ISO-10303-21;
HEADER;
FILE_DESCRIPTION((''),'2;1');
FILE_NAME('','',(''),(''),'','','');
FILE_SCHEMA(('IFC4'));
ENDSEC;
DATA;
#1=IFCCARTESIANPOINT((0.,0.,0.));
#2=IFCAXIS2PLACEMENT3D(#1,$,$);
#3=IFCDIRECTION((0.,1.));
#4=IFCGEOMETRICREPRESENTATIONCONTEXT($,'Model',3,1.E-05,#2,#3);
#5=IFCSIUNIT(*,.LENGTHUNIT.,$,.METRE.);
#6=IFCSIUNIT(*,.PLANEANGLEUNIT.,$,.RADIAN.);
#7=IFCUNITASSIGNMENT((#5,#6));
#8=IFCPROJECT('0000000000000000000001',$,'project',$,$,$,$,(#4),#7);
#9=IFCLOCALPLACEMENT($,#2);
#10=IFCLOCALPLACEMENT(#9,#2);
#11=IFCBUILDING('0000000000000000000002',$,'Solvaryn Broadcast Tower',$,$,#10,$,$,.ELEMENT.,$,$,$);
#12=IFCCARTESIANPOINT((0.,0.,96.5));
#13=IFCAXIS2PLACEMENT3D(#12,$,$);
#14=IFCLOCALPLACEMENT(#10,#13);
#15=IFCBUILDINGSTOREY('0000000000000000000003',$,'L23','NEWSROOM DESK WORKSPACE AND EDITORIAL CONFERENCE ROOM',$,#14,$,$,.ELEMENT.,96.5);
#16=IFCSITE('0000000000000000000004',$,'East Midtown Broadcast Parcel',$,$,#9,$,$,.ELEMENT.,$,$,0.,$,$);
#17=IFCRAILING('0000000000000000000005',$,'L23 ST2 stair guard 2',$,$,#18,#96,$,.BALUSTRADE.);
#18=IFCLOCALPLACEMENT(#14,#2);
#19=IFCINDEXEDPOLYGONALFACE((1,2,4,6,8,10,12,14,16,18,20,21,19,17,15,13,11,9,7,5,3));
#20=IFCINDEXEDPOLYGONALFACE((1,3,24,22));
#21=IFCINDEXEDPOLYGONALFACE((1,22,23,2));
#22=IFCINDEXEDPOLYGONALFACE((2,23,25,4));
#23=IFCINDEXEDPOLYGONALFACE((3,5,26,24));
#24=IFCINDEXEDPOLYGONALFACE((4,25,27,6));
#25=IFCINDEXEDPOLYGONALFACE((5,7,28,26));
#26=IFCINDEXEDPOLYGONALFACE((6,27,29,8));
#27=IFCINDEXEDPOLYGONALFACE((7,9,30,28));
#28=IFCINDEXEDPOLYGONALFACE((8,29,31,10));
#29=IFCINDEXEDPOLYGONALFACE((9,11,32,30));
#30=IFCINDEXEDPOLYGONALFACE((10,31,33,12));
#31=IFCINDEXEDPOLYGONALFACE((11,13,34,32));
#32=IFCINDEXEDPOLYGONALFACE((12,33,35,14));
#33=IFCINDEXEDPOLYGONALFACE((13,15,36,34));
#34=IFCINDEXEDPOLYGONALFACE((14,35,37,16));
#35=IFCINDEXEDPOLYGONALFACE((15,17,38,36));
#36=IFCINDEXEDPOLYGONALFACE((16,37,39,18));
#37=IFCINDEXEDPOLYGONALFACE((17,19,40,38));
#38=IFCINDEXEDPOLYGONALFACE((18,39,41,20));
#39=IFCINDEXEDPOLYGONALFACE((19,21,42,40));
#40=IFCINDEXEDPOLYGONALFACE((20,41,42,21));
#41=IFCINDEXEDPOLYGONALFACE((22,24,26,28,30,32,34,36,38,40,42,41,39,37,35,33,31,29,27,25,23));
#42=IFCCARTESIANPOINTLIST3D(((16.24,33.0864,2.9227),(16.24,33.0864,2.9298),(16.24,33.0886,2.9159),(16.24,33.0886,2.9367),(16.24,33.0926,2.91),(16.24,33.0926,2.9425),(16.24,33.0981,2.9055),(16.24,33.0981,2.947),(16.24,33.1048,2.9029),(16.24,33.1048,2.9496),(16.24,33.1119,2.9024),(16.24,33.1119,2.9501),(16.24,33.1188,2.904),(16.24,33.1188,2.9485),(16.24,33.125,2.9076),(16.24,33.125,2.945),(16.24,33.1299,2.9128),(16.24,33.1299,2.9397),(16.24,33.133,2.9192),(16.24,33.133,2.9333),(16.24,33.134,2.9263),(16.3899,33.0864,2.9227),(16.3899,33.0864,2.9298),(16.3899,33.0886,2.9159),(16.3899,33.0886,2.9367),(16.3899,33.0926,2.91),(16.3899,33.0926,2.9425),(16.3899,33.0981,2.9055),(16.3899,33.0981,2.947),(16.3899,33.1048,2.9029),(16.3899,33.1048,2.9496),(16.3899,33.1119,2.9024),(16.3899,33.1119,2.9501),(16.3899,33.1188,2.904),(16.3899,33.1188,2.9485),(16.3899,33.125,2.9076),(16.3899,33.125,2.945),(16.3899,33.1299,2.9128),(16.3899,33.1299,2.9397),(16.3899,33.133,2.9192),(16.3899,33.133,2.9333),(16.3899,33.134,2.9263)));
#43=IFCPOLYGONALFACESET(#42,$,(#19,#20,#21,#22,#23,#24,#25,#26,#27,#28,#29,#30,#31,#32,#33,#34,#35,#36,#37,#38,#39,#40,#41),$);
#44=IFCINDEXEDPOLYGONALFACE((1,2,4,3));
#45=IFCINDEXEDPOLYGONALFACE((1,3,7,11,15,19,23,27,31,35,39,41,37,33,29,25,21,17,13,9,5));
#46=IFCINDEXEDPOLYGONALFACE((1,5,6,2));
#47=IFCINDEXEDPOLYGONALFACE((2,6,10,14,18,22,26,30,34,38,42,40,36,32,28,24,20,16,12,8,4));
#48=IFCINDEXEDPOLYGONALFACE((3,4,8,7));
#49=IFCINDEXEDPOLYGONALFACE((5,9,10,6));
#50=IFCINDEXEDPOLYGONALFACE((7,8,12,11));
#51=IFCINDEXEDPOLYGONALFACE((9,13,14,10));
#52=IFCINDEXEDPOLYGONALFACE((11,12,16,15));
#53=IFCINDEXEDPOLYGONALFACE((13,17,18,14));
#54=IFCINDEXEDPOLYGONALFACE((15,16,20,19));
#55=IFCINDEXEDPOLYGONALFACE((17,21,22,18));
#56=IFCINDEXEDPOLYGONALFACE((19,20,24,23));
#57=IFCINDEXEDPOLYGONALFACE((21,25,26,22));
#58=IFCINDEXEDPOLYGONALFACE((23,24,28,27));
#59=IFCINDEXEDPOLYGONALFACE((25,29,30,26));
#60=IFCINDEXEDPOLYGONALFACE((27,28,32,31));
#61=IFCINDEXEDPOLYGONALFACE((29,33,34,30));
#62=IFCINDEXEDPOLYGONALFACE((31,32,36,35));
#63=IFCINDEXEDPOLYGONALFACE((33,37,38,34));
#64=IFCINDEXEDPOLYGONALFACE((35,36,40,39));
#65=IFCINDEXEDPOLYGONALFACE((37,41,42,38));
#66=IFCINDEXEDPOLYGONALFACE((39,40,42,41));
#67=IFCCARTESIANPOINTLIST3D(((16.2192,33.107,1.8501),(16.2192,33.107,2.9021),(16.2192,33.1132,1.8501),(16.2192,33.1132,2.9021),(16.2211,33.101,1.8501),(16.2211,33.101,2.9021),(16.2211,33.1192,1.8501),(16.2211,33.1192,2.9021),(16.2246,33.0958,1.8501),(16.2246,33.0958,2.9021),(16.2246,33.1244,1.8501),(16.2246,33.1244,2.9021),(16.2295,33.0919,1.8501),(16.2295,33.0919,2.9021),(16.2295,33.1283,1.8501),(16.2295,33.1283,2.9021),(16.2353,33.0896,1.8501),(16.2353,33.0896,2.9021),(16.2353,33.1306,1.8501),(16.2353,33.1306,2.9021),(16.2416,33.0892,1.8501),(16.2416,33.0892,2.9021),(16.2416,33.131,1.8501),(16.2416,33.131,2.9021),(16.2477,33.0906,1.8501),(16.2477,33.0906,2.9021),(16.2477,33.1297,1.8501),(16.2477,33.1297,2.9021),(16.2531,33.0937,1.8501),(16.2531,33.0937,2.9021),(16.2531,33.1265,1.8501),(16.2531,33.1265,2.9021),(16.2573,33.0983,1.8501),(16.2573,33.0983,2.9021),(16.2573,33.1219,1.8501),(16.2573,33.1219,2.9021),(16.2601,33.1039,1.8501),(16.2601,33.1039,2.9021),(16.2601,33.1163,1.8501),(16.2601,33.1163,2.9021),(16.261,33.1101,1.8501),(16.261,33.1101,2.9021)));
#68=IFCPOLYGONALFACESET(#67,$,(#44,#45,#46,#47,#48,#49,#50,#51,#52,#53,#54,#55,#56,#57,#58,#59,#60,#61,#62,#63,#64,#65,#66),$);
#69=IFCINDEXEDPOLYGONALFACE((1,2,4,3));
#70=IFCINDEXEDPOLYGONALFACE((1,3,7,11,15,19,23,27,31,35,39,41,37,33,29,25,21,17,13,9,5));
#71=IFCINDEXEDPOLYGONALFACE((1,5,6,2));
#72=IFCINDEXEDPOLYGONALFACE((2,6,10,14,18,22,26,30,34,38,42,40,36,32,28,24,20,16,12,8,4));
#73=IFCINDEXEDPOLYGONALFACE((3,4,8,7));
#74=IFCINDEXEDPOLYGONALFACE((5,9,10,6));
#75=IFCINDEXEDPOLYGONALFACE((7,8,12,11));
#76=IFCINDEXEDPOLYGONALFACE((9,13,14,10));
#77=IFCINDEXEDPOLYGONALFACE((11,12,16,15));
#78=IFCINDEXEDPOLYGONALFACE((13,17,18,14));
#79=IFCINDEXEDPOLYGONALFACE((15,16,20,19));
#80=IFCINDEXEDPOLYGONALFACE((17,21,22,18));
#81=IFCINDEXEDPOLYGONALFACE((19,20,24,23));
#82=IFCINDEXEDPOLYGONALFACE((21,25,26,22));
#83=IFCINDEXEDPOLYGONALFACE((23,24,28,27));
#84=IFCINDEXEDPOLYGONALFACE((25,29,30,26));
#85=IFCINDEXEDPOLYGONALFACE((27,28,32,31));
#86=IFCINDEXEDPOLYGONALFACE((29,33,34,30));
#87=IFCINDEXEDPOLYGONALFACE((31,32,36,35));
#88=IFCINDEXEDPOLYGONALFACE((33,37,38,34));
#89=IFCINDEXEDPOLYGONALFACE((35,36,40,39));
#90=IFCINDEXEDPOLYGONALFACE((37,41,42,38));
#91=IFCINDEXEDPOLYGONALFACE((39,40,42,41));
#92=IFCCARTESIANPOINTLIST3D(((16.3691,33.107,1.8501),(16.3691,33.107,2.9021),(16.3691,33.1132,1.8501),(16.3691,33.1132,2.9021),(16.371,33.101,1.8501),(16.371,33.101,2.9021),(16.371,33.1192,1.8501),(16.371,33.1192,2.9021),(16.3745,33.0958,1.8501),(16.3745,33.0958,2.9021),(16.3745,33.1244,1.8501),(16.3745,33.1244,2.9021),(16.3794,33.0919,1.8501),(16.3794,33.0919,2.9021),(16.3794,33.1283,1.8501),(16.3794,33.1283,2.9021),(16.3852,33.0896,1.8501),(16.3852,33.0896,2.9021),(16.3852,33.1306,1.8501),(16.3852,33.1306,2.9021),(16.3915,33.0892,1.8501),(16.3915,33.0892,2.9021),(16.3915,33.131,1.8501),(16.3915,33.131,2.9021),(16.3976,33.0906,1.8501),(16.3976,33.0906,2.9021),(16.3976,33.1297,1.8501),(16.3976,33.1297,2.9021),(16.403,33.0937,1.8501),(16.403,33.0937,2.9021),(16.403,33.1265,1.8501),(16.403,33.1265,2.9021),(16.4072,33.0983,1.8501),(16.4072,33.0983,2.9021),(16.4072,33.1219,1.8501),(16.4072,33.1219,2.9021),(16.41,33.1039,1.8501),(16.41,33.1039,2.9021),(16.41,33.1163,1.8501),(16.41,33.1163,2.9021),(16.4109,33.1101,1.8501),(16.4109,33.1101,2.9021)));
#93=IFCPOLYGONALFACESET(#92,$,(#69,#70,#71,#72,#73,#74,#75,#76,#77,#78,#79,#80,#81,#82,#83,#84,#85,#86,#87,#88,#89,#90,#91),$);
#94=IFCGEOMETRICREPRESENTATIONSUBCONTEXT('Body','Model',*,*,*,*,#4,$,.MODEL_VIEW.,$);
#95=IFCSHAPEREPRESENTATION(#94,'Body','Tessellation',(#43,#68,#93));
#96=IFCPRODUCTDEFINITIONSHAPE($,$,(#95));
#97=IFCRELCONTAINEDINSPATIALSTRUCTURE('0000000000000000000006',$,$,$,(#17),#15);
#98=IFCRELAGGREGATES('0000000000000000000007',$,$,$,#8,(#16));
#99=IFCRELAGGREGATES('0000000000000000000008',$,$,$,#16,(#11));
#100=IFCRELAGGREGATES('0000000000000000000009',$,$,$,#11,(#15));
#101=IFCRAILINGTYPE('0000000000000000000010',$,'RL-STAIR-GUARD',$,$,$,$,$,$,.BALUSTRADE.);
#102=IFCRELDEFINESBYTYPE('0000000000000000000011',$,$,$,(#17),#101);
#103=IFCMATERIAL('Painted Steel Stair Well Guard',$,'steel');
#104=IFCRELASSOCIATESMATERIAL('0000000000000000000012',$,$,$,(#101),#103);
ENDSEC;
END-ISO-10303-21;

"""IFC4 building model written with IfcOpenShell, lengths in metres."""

from ifc_helpers import new_model, si_unit, direction, frame, origin, origin_2d, place, context, subcontext, project, spatial, circle, extrude, material, type_object, element, save


model = new_model("IFC4")

# Units and contexts
model_context = context("Model", 3, precision=1e-05, world=origin(), true_north=direction((0.0, 1.0)))
body_context = subcontext(model_context, "Body", "Model", "MODEL_VIEW")
ifc_project = project(units=[si_unit("LENGTHUNIT", "METRE"), si_unit("PLANEANGLEUNIT", "RADIAN")], contexts=[model_context])

# Site, building, storey
site_placement = place(None, origin())
site = spatial("IfcSite", under=ifc_project, at=site_placement, Name="East Midtown Broadcast Parcel", CompositionType="ELEMENT", RefElevation=0.0)
building_placement = place(site_placement, origin())
building = spatial("IfcBuilding", under=site, at=building_placement, Name="Solvaryn Broadcast Tower", CompositionType="ELEMENT")
storey_placement = place(building_placement, frame((0.0, 0.0, 96.5)))
storey = spatial("IfcBuildingStorey", under=building, at=storey_placement, Name="L23", Description="NEWSROOM DESK WORKSPACE AND EDITORIAL CONFERENCE ROOM", CompositionType="ELEMENT", Elevation=96.5)

# Railing
ifc_material_1 = material(Name="Painted Steel Stair Well Guard", Category="steel")
railing_type_1 = type_object("IfcRailingType", Name="RL-STAIR-GUARD", PredefinedType="BALUSTRADE", material=ifc_material_1)
railing_1_placement = place(storey_placement, frame((16.24, 33.1101, 1.8501)))
element("IfcRailing", 1, at=railing_1_placement, inside=storey, type_object=railing_type_1, Name="L23 ST2 stair guard 2", PredefinedType="BALUSTRADE", context=body_context, shape_type="SweptSolid", body=[
    extrude(circle(Radius=0.0239, at=origin_2d()), frame((0.0, 0.0, 1.0762), z_axis=(1.0, 0.0, 0.0), x_axis=(0.0, 1.0, 0.0)), (0.0, 0.0, 1.0), 0.1499),
    extrude(circle(Radius=0.021, at=origin_2d()), origin(), (0.0, 0.0, 1.0), 1.052),
    extrude(circle(Radius=0.021, at=origin_2d()), frame((0.1499, 0.0, 0.0)), (0.0, 0.0, 1.0), 1.052),
])

save(model, "model.ifc")
